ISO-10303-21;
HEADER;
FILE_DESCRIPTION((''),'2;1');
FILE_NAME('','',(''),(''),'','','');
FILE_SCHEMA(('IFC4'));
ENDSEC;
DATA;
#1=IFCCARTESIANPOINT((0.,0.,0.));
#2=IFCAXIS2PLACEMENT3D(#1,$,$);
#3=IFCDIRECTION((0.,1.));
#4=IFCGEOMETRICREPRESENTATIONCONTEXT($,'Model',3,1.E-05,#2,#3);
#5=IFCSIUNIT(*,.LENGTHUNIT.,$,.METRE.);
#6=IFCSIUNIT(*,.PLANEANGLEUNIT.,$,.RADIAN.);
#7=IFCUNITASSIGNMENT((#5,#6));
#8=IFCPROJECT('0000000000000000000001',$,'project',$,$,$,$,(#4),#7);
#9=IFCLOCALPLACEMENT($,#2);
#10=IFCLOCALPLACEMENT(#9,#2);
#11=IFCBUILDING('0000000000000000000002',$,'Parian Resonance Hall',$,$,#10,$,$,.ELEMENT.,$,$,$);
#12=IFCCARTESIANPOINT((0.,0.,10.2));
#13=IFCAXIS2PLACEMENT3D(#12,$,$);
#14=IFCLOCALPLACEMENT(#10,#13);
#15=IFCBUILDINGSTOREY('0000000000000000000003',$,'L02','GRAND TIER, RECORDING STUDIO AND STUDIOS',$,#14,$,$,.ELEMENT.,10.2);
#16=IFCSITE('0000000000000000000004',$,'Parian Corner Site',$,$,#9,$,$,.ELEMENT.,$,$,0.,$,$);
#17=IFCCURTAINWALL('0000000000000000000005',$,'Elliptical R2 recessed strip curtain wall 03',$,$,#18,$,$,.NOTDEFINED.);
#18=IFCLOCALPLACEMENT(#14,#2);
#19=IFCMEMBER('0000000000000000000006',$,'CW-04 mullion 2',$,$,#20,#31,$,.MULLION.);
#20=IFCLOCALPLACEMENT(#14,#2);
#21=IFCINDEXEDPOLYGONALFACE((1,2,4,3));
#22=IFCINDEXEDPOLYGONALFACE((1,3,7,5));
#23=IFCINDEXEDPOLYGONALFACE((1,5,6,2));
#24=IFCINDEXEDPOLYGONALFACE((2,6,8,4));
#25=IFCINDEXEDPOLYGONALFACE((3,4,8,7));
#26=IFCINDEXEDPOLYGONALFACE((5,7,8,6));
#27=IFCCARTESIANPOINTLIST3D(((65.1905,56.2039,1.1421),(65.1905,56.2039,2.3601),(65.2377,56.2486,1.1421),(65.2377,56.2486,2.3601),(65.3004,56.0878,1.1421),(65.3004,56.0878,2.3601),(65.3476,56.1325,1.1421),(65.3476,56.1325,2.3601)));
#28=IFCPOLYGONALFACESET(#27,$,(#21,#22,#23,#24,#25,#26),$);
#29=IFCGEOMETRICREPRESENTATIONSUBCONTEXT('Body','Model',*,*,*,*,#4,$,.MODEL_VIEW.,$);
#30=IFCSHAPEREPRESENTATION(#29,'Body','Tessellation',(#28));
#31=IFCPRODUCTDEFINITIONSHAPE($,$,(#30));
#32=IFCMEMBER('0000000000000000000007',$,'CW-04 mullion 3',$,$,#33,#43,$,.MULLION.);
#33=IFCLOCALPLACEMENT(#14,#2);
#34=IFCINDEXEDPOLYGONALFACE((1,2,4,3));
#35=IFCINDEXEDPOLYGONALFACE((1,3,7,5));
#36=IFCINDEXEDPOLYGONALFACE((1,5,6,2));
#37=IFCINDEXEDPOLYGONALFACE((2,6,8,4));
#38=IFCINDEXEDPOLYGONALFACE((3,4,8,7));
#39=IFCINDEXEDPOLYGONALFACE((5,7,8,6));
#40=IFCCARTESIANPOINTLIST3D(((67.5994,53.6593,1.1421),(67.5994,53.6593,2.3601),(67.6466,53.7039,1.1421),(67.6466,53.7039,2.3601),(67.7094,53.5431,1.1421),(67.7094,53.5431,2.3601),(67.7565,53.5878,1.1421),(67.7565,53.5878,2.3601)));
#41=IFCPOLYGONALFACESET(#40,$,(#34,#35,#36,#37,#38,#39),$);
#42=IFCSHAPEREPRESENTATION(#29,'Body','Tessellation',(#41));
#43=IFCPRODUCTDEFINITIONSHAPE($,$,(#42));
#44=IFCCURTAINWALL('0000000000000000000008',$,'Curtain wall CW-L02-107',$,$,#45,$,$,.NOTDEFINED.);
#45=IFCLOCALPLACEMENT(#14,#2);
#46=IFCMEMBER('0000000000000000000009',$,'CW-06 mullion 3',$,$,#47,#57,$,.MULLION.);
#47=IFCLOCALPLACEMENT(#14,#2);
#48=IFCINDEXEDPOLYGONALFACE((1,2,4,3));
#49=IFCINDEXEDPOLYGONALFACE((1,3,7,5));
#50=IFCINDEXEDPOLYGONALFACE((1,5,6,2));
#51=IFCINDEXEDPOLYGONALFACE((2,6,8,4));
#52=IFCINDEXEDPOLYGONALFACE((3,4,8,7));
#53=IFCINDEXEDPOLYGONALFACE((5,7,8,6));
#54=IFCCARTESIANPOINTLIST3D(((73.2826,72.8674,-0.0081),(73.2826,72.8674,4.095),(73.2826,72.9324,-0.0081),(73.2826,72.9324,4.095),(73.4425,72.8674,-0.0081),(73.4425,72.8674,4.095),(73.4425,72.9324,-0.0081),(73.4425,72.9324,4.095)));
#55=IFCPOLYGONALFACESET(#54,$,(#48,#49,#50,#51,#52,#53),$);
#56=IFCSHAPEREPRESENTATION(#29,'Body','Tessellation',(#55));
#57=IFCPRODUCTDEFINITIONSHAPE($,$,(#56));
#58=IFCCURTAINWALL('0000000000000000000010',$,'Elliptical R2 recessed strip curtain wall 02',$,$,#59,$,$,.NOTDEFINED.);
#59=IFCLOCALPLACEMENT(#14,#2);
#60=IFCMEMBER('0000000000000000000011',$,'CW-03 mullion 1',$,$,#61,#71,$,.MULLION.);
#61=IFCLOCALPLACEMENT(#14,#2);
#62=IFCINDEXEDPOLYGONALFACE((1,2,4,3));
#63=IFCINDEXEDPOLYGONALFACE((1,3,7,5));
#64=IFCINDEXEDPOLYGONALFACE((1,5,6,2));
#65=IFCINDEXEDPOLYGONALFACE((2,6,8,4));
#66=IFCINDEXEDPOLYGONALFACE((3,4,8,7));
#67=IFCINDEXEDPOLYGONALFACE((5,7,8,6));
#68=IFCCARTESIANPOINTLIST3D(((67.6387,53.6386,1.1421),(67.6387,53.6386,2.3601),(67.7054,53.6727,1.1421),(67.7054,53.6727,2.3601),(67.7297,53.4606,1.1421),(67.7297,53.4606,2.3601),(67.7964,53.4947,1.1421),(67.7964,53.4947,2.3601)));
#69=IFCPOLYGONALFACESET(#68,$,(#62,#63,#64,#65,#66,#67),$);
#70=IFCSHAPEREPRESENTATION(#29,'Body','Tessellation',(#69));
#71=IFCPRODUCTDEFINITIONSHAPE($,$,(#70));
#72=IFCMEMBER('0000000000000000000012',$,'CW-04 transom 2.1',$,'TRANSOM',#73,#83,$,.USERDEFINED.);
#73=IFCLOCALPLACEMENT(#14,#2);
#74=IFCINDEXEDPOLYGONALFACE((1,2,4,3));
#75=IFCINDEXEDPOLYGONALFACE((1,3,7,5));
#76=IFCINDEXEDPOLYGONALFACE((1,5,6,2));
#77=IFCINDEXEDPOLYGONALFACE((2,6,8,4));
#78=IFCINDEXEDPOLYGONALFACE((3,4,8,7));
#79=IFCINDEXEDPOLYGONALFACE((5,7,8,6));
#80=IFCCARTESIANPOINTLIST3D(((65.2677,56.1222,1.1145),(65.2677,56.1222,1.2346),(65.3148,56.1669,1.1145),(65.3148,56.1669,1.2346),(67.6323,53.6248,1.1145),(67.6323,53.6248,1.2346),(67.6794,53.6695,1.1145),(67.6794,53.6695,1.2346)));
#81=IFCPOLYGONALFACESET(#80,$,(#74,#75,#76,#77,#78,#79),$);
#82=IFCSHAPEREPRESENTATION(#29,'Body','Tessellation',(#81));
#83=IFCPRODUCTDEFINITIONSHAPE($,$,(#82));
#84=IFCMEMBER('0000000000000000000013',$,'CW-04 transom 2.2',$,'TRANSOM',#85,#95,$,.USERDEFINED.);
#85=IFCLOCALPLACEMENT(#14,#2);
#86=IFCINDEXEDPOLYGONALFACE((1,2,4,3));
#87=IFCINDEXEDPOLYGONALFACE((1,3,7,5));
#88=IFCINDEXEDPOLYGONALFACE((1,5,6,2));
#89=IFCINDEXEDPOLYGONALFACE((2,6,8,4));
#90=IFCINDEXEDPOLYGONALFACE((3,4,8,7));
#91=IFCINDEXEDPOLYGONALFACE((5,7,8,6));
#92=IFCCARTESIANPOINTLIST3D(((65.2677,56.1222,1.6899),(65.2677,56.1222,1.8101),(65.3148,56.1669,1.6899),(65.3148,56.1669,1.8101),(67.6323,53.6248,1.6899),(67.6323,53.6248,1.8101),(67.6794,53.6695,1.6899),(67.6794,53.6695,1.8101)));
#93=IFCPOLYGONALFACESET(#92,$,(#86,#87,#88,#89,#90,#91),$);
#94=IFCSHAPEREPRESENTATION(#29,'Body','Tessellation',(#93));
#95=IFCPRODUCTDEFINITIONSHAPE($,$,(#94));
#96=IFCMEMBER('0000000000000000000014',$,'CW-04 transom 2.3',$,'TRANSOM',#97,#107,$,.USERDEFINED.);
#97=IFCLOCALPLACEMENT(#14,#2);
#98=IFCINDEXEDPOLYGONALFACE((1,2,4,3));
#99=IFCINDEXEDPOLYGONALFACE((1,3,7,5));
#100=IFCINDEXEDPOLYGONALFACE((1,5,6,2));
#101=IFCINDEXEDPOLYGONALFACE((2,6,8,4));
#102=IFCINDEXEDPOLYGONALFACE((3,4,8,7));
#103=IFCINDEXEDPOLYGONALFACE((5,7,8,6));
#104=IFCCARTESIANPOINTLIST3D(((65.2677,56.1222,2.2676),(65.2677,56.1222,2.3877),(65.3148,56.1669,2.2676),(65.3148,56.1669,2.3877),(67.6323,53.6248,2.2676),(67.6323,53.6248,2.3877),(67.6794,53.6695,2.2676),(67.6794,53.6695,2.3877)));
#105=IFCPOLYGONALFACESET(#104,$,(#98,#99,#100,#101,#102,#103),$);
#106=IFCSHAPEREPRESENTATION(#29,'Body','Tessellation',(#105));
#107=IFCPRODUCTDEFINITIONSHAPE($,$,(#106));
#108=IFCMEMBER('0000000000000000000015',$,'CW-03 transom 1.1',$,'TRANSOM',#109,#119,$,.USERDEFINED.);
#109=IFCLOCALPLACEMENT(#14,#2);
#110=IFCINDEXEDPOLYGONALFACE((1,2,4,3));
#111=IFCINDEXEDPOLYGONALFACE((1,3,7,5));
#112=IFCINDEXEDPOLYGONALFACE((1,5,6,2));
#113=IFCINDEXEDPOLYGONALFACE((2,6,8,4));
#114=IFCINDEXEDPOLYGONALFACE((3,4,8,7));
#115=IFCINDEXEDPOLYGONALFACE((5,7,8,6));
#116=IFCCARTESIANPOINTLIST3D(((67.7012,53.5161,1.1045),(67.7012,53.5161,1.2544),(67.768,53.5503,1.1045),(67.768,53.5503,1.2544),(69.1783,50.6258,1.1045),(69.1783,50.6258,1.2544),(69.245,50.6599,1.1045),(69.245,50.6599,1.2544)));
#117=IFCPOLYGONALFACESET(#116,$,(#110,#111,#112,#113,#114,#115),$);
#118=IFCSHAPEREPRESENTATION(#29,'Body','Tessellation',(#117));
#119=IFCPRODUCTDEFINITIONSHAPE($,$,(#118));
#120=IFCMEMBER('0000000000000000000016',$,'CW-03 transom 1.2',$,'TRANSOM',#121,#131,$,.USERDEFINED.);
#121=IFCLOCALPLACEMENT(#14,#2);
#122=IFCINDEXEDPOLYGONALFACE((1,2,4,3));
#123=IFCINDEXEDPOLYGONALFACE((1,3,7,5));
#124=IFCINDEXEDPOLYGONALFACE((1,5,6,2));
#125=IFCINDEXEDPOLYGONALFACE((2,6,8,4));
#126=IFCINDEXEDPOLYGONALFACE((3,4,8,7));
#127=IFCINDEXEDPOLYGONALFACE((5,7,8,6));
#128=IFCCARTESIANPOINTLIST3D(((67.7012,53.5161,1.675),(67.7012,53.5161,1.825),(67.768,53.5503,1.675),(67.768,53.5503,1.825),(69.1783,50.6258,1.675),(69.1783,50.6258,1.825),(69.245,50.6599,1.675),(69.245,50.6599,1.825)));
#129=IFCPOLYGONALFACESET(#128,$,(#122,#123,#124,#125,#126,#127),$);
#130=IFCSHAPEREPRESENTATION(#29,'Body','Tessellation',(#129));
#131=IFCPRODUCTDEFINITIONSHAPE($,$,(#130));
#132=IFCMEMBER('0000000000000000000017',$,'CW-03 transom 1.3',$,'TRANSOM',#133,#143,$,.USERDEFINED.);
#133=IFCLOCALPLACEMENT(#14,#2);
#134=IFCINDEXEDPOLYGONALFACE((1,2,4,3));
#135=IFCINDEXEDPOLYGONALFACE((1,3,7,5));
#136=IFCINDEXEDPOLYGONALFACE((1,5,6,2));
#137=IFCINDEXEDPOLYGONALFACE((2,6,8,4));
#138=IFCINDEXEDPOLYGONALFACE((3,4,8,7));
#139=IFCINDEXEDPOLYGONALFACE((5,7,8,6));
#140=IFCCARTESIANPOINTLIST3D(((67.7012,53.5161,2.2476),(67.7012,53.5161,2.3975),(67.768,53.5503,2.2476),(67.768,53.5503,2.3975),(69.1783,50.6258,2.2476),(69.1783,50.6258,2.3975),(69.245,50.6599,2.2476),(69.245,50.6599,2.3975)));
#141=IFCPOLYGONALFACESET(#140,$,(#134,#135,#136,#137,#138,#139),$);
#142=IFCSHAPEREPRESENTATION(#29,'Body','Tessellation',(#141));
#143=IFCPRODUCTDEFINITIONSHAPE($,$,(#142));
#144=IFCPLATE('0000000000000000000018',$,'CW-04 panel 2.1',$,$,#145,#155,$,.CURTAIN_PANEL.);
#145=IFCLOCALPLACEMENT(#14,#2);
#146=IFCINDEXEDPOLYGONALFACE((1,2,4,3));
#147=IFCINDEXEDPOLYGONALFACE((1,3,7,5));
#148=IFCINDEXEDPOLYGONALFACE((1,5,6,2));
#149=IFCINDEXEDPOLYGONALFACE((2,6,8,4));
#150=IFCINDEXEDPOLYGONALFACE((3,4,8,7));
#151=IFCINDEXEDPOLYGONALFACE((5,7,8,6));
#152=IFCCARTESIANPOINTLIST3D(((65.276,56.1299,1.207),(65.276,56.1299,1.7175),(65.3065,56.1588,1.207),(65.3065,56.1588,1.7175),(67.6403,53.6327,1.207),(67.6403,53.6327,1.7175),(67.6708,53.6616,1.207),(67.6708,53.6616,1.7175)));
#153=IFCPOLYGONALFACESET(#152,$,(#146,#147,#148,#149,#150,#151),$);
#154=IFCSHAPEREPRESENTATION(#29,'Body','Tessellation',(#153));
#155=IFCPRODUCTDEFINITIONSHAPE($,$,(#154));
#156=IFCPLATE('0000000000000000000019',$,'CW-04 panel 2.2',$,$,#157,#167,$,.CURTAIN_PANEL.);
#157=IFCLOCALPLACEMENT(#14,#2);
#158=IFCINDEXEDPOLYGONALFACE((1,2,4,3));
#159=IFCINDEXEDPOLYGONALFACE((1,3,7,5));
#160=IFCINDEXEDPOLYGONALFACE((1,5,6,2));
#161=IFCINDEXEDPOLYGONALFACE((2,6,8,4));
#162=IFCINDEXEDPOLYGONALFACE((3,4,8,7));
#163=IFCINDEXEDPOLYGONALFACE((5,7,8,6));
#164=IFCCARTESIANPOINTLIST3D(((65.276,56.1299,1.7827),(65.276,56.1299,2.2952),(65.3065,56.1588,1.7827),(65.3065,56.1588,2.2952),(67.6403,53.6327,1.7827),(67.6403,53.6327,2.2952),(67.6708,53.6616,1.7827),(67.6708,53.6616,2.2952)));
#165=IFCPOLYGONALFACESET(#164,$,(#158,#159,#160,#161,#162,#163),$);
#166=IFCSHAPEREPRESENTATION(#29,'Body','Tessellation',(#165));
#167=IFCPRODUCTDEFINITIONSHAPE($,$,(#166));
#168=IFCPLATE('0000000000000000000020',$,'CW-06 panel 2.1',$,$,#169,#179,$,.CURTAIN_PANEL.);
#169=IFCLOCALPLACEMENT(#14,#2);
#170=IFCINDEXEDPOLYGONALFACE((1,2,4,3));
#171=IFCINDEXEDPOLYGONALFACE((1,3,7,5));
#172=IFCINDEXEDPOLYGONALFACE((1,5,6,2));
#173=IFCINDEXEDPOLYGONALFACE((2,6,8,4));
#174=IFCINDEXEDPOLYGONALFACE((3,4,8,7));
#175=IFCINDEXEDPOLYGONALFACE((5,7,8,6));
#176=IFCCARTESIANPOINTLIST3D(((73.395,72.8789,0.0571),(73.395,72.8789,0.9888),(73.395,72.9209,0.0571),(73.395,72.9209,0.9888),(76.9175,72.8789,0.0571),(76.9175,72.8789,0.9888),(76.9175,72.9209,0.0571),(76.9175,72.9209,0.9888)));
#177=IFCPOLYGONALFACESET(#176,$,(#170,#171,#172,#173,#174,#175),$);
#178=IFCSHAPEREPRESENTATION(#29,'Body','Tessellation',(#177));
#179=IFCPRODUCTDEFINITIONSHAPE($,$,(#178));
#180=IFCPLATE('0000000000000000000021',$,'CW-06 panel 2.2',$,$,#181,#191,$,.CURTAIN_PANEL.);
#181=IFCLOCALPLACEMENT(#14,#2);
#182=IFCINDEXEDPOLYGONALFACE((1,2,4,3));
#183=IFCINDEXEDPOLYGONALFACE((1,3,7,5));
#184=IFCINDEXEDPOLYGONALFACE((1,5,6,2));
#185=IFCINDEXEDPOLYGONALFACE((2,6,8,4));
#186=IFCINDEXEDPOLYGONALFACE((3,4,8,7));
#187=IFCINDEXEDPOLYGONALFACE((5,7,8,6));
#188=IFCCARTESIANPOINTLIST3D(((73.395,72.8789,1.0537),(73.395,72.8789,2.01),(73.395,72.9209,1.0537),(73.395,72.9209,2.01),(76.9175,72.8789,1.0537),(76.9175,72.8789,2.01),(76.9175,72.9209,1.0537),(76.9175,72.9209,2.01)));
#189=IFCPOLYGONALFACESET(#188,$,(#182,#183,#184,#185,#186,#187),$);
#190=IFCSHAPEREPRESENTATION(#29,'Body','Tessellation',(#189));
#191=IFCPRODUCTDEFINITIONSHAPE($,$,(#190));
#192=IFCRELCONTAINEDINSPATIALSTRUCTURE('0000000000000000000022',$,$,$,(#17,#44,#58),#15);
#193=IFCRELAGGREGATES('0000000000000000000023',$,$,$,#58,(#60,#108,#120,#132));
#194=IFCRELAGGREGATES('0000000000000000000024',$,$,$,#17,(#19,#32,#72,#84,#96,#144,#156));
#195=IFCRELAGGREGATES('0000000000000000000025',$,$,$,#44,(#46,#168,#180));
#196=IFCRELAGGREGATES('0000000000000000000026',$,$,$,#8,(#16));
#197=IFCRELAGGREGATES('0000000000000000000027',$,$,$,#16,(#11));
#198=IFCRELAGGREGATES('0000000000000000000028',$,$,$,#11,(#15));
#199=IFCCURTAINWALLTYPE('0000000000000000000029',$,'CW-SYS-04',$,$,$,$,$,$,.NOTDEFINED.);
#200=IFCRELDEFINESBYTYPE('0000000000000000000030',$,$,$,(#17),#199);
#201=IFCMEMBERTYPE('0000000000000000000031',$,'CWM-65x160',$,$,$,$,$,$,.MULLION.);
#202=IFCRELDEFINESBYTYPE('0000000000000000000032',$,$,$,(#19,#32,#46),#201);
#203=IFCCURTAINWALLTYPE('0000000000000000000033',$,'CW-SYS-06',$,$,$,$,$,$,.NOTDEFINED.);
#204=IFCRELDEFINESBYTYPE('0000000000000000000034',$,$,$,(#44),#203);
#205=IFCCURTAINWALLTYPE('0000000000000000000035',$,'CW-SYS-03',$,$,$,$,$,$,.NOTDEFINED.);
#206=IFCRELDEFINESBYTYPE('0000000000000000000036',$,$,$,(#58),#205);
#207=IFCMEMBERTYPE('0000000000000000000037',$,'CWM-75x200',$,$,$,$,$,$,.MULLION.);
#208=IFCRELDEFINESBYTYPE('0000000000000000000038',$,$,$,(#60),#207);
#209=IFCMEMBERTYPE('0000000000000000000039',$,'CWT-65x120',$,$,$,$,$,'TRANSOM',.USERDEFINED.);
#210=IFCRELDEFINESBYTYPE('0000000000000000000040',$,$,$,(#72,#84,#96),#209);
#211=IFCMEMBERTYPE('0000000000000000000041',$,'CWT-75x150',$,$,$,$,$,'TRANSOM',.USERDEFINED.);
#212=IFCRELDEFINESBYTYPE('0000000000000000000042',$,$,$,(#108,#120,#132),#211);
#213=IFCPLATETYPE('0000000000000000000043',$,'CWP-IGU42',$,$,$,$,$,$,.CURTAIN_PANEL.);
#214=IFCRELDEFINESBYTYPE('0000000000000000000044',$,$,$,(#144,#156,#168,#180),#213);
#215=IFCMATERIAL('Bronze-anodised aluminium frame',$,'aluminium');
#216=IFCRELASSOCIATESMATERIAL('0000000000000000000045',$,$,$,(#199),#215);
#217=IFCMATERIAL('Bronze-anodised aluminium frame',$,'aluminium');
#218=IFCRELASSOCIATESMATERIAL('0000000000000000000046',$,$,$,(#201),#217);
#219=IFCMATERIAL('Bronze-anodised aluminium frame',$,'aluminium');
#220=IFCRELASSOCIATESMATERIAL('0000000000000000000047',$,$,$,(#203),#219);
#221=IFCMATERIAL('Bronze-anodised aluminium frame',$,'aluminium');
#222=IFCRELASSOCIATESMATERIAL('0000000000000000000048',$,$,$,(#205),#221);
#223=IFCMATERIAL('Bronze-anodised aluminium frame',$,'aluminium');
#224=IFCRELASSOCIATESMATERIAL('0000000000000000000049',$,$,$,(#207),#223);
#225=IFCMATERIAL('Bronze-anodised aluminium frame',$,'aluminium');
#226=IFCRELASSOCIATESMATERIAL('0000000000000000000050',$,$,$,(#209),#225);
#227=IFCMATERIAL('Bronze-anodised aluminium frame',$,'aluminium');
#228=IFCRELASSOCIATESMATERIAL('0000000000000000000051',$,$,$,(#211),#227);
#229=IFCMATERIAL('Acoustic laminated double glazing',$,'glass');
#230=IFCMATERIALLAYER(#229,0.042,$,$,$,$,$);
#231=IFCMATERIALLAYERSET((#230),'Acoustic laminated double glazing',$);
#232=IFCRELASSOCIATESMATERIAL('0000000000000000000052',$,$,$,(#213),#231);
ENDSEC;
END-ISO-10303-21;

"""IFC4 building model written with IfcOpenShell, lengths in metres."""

from ifc_helpers import new_model, si_unit, direction, frame, origin, origin_2d, place, context, subcontext, project, spatial, rectangle, extrude, material, layer, layer_set, material_profile, profile_set, type_object, element, aggregate, save


model = new_model("IFC4")

# Units and contexts
model_context = context("Model", 3, precision=1e-05, world=origin(), true_north=direction((0.0, 1.0)))
body_context = subcontext(model_context, "Body", "Model", "MODEL_VIEW")
ifc_project = project(units=[si_unit("LENGTHUNIT", "METRE"), si_unit("PLANEANGLEUNIT", "RADIAN")], contexts=[model_context])

# Site, building, storey
site_placement = place(None, origin())
site = spatial("IfcSite", under=ifc_project, at=site_placement, Name="Parian Corner Site", CompositionType="ELEMENT", RefElevation=0.0)
building_placement = place(site_placement, origin())
building = spatial("IfcBuilding", under=site, at=building_placement, Name="Parian Resonance Hall", CompositionType="ELEMENT")
storey_placement = place(building_placement, frame((0.0, 0.0, 10.2)))
storey = spatial("IfcBuildingStorey", under=building, at=storey_placement, Name="L02", Description="GRAND TIER, RECORDING STUDIO AND STUDIOS", CompositionType="ELEMENT", Elevation=10.2)

# Curtain wall, members
ifc_material_1 = material(Name="Bronze-anodised aluminium frame", Category="aluminium")
curtain_wall_type_1 = type_object("IfcCurtainWallType", Name="CW-SYS-04", PredefinedType="NOTDEFINED", material=ifc_material_1)
curtain_wall_1_placement = place(storey_placement, origin())
curtain_wall_1 = element("IfcCurtainWall", 1, at=curtain_wall_1_placement, inside=storey, type_object=curtain_wall_type_1, Name="Elliptical R2 recessed strip curtain wall 03", PredefinedType="NOTDEFINED")
ifc_material_2 = material(Name="Bronze-anodised aluminium frame", Category="aluminium")
ifc_material_profile_1 = material_profile(ifc_material_2, rectangle(XDim=0.0649, YDim=0.1599, at=origin_2d()), Name="CWM-65x160")
ifc_profile_set_1 = profile_set([ifc_material_profile_1], Name="Bronze-anodised aluminium frame")
member_type_1 = type_object("IfcMemberType", Name="CWM-65x160", PredefinedType="MULLION", material=ifc_profile_set_1)
member_1_placement = place(storey_placement, frame((65.269, 56.1682, 1.1421), z_axis=(0.0, 0.0, 1.0), x_axis=(0.726163, 0.687523, 0.0)))
member_1 = element("IfcMember", 2, at=member_1_placement, type_object=member_type_1, Name="CW-04 mullion 2", PredefinedType="MULLION", context=body_context, shape_type="SweptSolid", body=[
    extrude(rectangle(XDim=0.0649, YDim=0.1599, at=origin_2d()), origin(), (0.0, 0.0, 1.0), 1.218),
])
member_2_placement = place(storey_placement, frame((67.678, 53.6235, 1.1421), z_axis=(0.0, 0.0, 1.0), x_axis=(0.726163, 0.687523, 0.0)))
member_2 = element("IfcMember", 3, at=member_2_placement, type_object=member_type_1, Name="CW-04 mullion 3", PredefinedType="MULLION", context=body_context, shape_type="SweptSolid", body=[
    extrude(rectangle(XDim=0.0649, YDim=0.1599, at=origin_2d()), origin(), (0.0, 0.0, 1.0), 1.218),
])

# Curtain walls, members
ifc_material_3 = material(Name="Bronze-anodised aluminium frame", Category="aluminium")
curtain_wall_type_2 = type_object("IfcCurtainWallType", Name="CW-SYS-06", PredefinedType="NOTDEFINED", material=ifc_material_3)
curtain_wall_2_placement = place(storey_placement, origin())
curtain_wall_2 = element("IfcCurtainWall", 4, at=curtain_wall_2_placement, inside=storey, type_object=curtain_wall_type_2, Name="Curtain wall CW-L02-107", PredefinedType="NOTDEFINED")
member_3_placement = place(storey_placement, frame((73.3625, 72.8999, -0.0081), z_axis=(0.0, 0.0, 1.0), x_axis=(0.0, -1.0, 0.0)))
member_3 = element("IfcMember", 5, at=member_3_placement, type_object=member_type_1, Name="CW-06 mullion 3", PredefinedType="MULLION", context=body_context, shape_type="SweptSolid", body=[
    extrude(rectangle(XDim=0.0649, YDim=0.1599, at=origin_2d()), origin(), (0.0, 0.0, 1.0), 4.103),
])
ifc_material_4 = material(Name="Bronze-anodised aluminium frame", Category="aluminium")
curtain_wall_type_3 = type_object("IfcCurtainWallType", Name="CW-SYS-03", PredefinedType="NOTDEFINED", material=ifc_material_4)
curtain_wall_3_placement = place(storey_placement, origin())
curtain_wall_3 = element("IfcCurtainWall", 6, at=curtain_wall_3_placement, inside=storey, type_object=curtain_wall_type_3, Name="Elliptical R2 recessed strip curtain wall 02", PredefinedType="NOTDEFINED")
ifc_material_5 = material(Name="Bronze-anodised aluminium frame", Category="aluminium")
ifc_material_profile_2 = material_profile(ifc_material_5, rectangle(XDim=0.075, YDim=0.2, at=origin_2d()), Name="CWM-75x200")
ifc_profile_set_2 = profile_set([ifc_material_profile_2], Name="Bronze-anodised aluminium frame")
member_type_2 = type_object("IfcMemberType", Name="CWM-75x200", PredefinedType="MULLION", material=ifc_profile_set_2)
member_4_placement = place(storey_placement, frame((67.7175, 53.5667, 1.1421), z_axis=(0.0, 0.0, 1.0), x_axis=(0.890447, 0.455086, 0.0)))
member_4 = element("IfcMember", 7, at=member_4_placement, type_object=member_type_2, Name="CW-03 mullion 1", PredefinedType="MULLION", context=body_context, shape_type="SweptSolid", body=[
    extrude(rectangle(XDim=0.075, YDim=0.2, at=origin_2d()), origin(), (0.0, 0.0, 1.0), 1.218),
])

# Members
ifc_material_6 = material(Name="Bronze-anodised aluminium frame", Category="aluminium")
ifc_material_profile_3 = material_profile(ifc_material_6, rectangle(XDim=0.0649, YDim=0.1201, at=origin_2d()), Name="CWT-65x120")
ifc_profile_set_3 = profile_set([ifc_material_profile_3], Name="Bronze-anodised aluminium frame")
member_type_3 = type_object("IfcMemberType", Name="CWT-65x120", ElementType="TRANSOM", PredefinedType="USERDEFINED", material=ifc_profile_set_3)
member_5_placement = place(storey_placement, frame((65.2913, 56.1445, 1.1746), z_axis=(0.687534, -0.726152, 0.0), x_axis=(0.726152, 0.687534, 0.0)))
member_5 = element("IfcMember", 8, at=member_5_placement, type_object=member_type_3, Name="CW-04 transom 2.1", ObjectType="TRANSOM", PredefinedType="USERDEFINED", context=body_context, shape_type="SweptSolid", body=[
    extrude(rectangle(XDim=0.0649, YDim=0.1201, at=origin_2d()), origin(), (0.0, 0.0, 1.0), 3.4392),
])
member_6_placement = place(storey_placement, frame((65.2913, 56.1445, 1.75), z_axis=(0.687534, -0.726152, 0.0), x_axis=(0.726152, 0.687534, 0.0)))
member_6 = element("IfcMember", 9, at=member_6_placement, type_object=member_type_3, Name="CW-04 transom 2.2", ObjectType="TRANSOM", PredefinedType="USERDEFINED", context=body_context, shape_type="SweptSolid", body=[
    extrude(rectangle(XDim=0.0649, YDim=0.1201, at=origin_2d()), origin(), (0.0, 0.0, 1.0), 3.4392),
])
member_7_placement = place(storey_placement, frame((65.2913, 56.1445, 2.3276), z_axis=(0.687534, -0.726152, 0.0), x_axis=(0.726152, 0.687534, 0.0)))
member_7 = element("IfcMember", 10, at=member_7_placement, type_object=member_type_3, Name="CW-04 transom 2.3", ObjectType="TRANSOM", PredefinedType="USERDEFINED", context=body_context, shape_type="SweptSolid", body=[
    extrude(rectangle(XDim=0.0649, YDim=0.1201, at=origin_2d()), origin(), (0.0, 0.0, 1.0), 3.4392),
])
ifc_material_7 = material(Name="Bronze-anodised aluminium frame", Category="aluminium")
ifc_material_profile_4 = material_profile(ifc_material_7, rectangle(XDim=0.075, YDim=0.1499, at=origin_2d()), Name="CWT-75x150")
ifc_profile_set_4 = profile_set([ifc_material_profile_4], Name="Bronze-anodised aluminium frame")
member_type_4 = type_object("IfcMemberType", Name="CWT-75x150", ElementType="TRANSOM", PredefinedType="USERDEFINED", material=ifc_profile_set_4)
member_8_placement = place(storey_placement, frame((67.7346, 53.5332, 1.1794), z_axis=(0.455049, -0.890467, 0.0), x_axis=(0.890467, 0.455049, 0.0)))
member_8 = element("IfcMember", 11, at=member_8_placement, type_object=member_type_4, Name="CW-03 transom 1.1", ObjectType="TRANSOM", PredefinedType="USERDEFINED", context=body_context, shape_type="SweptSolid", body=[
    extrude(rectangle(XDim=0.075, YDim=0.1499, at=origin_2d()), origin(), (0.0, 0.0, 1.0), 3.2458),
])
member_9_placement = place(storey_placement, frame((67.7346, 53.5332, 1.75), z_axis=(0.455049, -0.890467, 0.0), x_axis=(0.890467, 0.455049, 0.0)))
member_9 = element("IfcMember", 12, at=member_9_placement, type_object=member_type_4, Name="CW-03 transom 1.2", ObjectType="TRANSOM", PredefinedType="USERDEFINED", context=body_context, shape_type="SweptSolid", body=[
    extrude(rectangle(XDim=0.075, YDim=0.1499, at=origin_2d()), origin(), (0.0, 0.0, 1.0), 3.2458),
])
member_10_placement = place(storey_placement, frame((67.7346, 53.5332, 2.3225), z_axis=(0.455049, -0.890467, 0.0), x_axis=(0.890467, 0.455049, 0.0)))
member_10 = element("IfcMember", 13, at=member_10_placement, type_object=member_type_4, Name="CW-03 transom 1.3", ObjectType="TRANSOM", PredefinedType="USERDEFINED", context=body_context, shape_type="SweptSolid", body=[
    extrude(rectangle(XDim=0.075, YDim=0.1499, at=origin_2d()), origin(), (0.0, 0.0, 1.0), 3.2458),
])
aggregate(curtain_wall_3, [member_4, member_8, member_9, member_10])

# Plates
ifc_material_8 = material(Name="Acoustic laminated double glazing", Category="glass")
ifc_layer_1 = layer(ifc_material_8, 0.042)
ifc_layer_set_1 = layer_set([ifc_layer_1], Name="Acoustic laminated double glazing")
plate_type = type_object("IfcPlateType", Name="CWP-IGU42", PredefinedType="CURTAIN_PANEL", material=ifc_layer_set_1)
plate_1_placement = place(storey_placement, frame((66.4734, 54.8958, 1.207), z_axis=(0.0, 0.0, 1.0), x_axis=(0.687523, -0.726163, 0.0)))
plate_1 = element("IfcPlate", 14, at=plate_1_placement, type_object=plate_type, Name="CW-04 panel 2.1", PredefinedType="CURTAIN_PANEL", context=body_context, shape_type="SweptSolid", body=[
    extrude(rectangle(XDim=3.439, YDim=0.042, at=origin_2d()), origin(), (0.0, 0.0, 1.0), 0.5105),
])
plate_2_placement = place(storey_placement, frame((66.4734, 54.8958, 1.7827), z_axis=(0.0, 0.0, 1.0), x_axis=(0.687523, -0.726163, 0.0)))
plate_2 = element("IfcPlate", 15, at=plate_2_placement, type_object=plate_type, Name="CW-04 panel 2.2", PredefinedType="CURTAIN_PANEL", context=body_context, shape_type="SweptSolid", body=[
    extrude(rectangle(XDim=3.439, YDim=0.042, at=origin_2d()), origin(), (0.0, 0.0, 1.0), 0.5125),
])
aggregate(curtain_wall_1, [member_1, member_2, member_5, member_6, member_7, plate_1, plate_2])
plate_3_placement = place(storey_placement, frame((75.1562, 72.8999, 0.0571), z_axis=(0.0, 0.0, 1.0), x_axis=(-1.0, 0.0, 0.0)))
plate_3 = element("IfcPlate", 16, at=plate_3_placement, type_object=plate_type, Name="CW-06 panel 2.1", PredefinedType="CURTAIN_PANEL", context=body_context, shape_type="SweptSolid", body=[
    extrude(rectangle(XDim=3.5225, YDim=0.042, at=origin_2d()), origin(), (0.0, 0.0, 1.0), 0.9316),
])
plate_4_placement = place(storey_placement, frame((75.1562, 72.8999, 1.0537), z_axis=(0.0, 0.0, 1.0), x_axis=(-1.0, 0.0, 0.0)))
plate_4 = element("IfcPlate", 17, at=plate_4_placement, type_object=plate_type, Name="CW-06 panel 2.2", PredefinedType="CURTAIN_PANEL", context=body_context, shape_type="SweptSolid", body=[
    extrude(rectangle(XDim=3.5225, YDim=0.042, at=origin_2d()), origin(), (0.0, 0.0, 1.0), 0.9563),
])
aggregate(curtain_wall_2, [member_3, plate_3, plate_4])

save(model, "model.ifc")
